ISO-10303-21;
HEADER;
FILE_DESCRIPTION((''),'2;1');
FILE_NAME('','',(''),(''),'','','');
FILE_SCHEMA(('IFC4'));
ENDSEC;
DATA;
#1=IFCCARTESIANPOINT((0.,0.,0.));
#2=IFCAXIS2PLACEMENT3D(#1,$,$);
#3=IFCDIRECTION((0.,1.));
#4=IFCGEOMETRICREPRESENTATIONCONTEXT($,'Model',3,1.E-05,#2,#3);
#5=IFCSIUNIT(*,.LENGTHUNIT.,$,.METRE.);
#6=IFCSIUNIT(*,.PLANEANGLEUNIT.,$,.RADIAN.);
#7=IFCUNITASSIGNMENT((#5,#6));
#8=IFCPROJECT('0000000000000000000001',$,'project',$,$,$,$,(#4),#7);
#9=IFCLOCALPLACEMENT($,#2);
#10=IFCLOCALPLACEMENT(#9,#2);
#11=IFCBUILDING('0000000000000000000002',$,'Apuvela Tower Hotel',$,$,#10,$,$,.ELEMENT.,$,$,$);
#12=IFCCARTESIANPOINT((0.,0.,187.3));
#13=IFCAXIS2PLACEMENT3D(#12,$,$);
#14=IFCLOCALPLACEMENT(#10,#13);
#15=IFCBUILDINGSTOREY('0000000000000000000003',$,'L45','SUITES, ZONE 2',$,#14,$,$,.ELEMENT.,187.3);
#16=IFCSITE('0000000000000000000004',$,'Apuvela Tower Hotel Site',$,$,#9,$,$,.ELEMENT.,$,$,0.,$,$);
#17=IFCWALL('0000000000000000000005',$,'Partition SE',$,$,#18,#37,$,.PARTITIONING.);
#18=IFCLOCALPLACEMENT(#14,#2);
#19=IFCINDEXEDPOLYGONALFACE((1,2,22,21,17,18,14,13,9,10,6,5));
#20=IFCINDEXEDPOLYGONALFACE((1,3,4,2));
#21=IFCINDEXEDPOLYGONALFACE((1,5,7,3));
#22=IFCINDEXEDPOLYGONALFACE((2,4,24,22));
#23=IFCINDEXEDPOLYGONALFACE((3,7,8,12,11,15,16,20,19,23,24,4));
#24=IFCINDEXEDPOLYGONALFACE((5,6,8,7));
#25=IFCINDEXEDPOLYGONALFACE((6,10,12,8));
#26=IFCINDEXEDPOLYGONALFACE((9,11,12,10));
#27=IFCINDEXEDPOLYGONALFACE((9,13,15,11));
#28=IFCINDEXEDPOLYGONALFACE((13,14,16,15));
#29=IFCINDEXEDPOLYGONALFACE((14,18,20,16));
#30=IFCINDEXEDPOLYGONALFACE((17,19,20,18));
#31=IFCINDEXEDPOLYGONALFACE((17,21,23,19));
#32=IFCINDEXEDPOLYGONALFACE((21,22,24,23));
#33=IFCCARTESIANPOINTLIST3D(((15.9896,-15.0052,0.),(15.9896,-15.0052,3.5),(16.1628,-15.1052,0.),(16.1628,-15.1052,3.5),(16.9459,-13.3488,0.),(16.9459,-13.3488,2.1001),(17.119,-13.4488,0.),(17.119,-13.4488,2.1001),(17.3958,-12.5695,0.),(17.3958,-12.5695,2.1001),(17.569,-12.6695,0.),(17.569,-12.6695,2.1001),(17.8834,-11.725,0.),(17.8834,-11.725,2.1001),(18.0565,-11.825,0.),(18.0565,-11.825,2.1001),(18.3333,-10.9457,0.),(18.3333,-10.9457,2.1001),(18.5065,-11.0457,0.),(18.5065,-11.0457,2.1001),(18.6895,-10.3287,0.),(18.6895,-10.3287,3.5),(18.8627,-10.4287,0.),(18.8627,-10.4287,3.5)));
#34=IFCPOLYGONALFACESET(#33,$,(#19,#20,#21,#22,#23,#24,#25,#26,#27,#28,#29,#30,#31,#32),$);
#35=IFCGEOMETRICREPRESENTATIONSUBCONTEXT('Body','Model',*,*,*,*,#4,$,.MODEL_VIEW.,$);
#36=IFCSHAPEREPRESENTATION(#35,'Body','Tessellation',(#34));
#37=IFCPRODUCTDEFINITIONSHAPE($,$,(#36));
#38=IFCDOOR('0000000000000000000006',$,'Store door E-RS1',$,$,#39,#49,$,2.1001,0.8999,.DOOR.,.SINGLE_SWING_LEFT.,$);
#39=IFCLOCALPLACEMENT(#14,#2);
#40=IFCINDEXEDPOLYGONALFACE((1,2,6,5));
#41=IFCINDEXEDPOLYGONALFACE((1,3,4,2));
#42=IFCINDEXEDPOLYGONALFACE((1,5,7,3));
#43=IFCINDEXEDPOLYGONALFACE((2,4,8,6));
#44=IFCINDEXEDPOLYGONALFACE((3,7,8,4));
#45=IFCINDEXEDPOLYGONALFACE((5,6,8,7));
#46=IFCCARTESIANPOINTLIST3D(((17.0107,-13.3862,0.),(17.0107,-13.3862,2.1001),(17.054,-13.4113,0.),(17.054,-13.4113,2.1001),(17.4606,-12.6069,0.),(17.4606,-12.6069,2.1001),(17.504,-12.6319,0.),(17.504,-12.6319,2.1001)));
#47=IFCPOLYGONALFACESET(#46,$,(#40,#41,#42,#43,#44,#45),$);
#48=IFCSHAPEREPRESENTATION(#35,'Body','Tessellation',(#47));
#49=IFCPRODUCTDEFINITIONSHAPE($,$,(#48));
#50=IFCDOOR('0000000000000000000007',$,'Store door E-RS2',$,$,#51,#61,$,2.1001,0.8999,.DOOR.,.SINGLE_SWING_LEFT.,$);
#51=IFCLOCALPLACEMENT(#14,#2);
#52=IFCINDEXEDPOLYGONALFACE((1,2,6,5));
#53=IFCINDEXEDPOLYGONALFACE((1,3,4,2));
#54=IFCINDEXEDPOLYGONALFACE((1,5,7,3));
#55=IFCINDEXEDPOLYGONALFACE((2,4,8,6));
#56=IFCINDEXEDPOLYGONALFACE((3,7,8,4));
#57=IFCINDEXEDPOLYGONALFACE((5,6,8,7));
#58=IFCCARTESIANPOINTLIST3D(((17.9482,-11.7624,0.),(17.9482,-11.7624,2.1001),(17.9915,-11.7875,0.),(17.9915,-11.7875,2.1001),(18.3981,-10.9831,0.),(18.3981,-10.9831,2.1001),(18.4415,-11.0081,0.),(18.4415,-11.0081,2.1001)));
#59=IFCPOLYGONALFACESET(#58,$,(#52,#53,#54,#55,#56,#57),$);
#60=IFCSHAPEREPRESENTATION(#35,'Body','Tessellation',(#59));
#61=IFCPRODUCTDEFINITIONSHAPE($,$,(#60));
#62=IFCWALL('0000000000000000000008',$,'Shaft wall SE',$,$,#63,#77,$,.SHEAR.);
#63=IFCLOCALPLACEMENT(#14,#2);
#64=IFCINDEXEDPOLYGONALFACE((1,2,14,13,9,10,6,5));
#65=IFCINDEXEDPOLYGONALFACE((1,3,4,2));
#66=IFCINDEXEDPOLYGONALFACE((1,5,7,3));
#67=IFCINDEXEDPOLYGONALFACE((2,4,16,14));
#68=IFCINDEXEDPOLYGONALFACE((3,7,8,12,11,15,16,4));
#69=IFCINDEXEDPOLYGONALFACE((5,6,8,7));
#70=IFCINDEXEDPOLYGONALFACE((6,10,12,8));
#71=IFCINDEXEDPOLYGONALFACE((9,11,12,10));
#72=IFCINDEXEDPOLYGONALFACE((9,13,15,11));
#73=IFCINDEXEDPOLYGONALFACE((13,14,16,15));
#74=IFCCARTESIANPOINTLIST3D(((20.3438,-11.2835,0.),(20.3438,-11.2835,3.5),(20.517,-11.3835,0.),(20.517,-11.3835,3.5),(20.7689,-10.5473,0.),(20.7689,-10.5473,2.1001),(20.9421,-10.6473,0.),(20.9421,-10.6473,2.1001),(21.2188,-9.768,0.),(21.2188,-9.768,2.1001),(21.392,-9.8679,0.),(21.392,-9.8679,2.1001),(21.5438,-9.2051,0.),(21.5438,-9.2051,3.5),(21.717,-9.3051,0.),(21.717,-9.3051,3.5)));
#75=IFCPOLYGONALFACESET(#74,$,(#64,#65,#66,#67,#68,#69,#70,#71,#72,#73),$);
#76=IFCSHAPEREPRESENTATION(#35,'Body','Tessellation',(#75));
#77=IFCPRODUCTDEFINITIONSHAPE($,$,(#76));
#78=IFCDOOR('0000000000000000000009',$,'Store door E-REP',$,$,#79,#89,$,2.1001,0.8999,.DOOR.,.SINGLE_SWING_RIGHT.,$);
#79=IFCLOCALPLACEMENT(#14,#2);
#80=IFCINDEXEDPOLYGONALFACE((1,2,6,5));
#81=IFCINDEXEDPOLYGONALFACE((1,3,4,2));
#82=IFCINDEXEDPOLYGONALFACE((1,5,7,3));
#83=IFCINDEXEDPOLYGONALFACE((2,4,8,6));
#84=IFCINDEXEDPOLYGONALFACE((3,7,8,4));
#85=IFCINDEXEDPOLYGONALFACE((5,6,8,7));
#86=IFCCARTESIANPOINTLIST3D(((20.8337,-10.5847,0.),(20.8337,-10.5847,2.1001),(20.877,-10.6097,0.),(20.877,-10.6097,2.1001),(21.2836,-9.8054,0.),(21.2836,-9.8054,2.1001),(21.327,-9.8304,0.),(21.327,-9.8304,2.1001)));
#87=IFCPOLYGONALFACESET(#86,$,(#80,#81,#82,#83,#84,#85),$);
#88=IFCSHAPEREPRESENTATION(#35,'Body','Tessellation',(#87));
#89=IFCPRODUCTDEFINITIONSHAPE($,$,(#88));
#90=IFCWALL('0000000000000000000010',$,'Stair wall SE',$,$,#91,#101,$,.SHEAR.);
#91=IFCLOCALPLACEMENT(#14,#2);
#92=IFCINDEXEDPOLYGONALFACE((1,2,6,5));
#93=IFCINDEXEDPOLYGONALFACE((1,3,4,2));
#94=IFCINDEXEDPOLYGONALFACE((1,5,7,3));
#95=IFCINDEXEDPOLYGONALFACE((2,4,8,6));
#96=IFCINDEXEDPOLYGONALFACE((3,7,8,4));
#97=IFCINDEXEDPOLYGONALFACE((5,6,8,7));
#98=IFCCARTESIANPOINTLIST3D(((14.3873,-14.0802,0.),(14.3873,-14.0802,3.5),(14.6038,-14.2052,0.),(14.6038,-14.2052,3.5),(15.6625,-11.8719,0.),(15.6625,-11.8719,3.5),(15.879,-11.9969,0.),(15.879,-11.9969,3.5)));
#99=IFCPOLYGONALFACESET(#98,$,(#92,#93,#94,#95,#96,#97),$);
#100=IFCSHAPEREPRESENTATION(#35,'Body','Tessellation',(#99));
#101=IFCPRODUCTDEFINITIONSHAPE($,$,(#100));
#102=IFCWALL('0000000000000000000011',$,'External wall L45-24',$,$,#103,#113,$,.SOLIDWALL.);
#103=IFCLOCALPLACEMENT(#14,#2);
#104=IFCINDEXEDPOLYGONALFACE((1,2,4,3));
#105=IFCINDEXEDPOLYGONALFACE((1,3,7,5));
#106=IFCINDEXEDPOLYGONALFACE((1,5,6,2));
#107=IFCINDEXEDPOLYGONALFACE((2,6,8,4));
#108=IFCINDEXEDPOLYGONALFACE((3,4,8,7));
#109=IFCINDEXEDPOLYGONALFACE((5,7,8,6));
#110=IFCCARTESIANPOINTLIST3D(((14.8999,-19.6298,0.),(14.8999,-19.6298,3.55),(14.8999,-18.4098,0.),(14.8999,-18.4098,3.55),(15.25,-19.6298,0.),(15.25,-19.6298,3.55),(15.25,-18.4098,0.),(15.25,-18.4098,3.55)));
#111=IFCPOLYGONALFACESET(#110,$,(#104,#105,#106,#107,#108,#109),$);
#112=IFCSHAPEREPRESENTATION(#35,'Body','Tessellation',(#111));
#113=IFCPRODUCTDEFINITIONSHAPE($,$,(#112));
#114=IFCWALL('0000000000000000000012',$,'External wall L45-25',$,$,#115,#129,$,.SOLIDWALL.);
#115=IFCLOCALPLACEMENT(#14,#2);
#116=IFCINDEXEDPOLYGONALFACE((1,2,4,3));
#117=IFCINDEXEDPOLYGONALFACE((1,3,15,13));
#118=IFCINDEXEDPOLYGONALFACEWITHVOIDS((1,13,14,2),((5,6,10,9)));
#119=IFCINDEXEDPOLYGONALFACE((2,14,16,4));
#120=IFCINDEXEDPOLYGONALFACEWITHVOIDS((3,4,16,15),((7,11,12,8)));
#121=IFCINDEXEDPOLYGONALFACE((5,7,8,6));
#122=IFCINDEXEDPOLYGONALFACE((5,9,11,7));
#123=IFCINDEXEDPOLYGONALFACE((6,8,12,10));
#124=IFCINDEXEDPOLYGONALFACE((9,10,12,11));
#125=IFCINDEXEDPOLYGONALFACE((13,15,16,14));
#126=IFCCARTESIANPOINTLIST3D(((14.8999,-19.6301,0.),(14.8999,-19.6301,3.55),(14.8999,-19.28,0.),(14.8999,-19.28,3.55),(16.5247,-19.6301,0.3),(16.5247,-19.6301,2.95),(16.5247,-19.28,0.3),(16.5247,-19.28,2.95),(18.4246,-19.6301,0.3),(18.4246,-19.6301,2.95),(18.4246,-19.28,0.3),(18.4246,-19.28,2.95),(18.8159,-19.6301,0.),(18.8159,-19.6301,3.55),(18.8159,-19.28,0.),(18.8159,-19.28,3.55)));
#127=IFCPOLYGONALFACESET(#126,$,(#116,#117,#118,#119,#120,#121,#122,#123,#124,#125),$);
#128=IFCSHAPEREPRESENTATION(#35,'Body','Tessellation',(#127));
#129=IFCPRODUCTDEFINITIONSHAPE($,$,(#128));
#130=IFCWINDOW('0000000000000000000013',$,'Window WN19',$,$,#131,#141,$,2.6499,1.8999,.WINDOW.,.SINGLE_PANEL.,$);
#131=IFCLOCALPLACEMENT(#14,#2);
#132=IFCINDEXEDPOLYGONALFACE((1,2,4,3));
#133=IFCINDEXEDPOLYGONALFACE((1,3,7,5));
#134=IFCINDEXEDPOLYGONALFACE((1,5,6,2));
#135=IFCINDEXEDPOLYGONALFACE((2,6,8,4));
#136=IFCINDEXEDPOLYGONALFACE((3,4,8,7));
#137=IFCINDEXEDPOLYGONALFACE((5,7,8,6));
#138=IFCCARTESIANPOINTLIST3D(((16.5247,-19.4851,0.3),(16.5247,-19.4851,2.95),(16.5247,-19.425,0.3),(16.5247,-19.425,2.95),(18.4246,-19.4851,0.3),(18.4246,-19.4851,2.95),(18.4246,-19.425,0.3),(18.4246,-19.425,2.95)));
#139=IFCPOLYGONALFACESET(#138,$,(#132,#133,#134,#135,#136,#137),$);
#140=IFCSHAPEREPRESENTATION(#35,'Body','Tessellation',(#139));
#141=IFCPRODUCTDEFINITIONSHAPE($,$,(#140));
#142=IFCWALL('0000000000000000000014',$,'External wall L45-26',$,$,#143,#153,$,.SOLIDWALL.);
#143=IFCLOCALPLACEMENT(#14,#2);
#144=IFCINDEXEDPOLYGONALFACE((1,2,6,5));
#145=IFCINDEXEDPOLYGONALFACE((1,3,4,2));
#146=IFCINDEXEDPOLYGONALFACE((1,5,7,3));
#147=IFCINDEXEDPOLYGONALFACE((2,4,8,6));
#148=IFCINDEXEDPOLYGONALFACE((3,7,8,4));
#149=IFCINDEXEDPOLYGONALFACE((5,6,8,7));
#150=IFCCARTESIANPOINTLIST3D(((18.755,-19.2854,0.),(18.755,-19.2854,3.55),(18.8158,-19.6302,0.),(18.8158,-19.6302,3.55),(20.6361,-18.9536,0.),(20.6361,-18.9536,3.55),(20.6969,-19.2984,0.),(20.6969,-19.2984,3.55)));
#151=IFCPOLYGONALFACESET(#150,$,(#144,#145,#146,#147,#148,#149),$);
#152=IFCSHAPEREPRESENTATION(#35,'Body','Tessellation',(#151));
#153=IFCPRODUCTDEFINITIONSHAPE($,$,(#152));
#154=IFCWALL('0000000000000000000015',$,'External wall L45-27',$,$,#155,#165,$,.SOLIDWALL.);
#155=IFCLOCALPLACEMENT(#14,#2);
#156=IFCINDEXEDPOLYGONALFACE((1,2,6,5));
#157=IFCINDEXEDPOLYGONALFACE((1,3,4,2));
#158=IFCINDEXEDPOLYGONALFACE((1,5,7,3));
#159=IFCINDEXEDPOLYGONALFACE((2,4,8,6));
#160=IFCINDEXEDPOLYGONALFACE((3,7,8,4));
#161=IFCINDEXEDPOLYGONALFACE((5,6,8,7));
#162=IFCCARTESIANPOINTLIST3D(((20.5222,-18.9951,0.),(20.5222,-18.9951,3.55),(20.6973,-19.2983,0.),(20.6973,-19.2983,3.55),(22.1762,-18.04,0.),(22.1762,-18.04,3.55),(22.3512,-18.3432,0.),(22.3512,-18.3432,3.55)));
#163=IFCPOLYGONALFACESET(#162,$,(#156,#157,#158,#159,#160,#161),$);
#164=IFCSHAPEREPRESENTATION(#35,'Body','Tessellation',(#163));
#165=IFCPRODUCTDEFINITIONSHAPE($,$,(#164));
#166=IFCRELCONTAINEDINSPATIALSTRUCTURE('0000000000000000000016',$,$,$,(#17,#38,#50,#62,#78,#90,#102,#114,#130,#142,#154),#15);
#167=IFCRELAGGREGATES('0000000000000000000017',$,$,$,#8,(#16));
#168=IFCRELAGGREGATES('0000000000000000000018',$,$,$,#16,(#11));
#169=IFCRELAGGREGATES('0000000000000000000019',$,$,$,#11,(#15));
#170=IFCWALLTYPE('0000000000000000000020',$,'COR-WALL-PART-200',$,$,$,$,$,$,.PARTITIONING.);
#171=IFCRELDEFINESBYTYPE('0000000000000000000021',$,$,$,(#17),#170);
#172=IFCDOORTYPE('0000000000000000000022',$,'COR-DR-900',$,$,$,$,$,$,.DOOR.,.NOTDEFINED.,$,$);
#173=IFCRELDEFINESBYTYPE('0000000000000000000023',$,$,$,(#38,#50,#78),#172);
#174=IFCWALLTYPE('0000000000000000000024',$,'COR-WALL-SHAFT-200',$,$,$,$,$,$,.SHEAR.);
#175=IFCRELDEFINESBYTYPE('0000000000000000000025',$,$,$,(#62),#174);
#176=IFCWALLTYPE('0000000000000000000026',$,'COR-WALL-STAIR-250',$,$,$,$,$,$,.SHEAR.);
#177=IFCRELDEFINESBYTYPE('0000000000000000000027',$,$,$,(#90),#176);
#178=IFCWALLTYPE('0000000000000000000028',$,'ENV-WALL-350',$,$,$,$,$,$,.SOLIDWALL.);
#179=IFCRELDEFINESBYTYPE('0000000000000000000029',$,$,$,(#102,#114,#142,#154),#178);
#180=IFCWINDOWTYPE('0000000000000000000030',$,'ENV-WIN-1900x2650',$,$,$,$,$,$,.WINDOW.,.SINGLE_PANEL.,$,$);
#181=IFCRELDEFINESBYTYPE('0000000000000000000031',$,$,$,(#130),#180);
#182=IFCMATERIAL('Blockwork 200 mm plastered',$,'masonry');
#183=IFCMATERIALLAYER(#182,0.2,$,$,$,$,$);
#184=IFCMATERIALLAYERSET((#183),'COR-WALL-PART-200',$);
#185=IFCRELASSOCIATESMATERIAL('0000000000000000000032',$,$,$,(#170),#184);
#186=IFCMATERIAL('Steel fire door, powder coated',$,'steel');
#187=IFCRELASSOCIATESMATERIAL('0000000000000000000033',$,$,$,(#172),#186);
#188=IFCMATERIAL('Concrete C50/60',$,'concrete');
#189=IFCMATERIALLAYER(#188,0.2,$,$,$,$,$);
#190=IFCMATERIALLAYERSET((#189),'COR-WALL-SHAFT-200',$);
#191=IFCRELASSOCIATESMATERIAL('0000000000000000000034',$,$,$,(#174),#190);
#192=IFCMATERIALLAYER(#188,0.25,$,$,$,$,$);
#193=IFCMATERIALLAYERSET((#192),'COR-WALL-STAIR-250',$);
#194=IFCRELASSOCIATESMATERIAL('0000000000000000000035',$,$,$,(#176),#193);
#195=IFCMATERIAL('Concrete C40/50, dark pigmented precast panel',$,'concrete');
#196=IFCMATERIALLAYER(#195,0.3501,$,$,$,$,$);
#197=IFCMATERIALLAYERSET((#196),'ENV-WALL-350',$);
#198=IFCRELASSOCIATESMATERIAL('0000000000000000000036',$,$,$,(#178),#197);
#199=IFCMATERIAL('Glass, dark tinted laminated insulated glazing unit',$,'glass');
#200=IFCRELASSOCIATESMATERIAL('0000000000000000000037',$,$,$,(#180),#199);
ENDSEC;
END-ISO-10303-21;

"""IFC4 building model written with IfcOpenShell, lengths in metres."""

from ifc_helpers import new_model, si_unit, direction, frame, frame_2d, origin, place, context, subcontext, project, spatial, rectangle, extrude, material, layer, layer_set, type_object, element, fill, save


model = new_model("IFC4")

# Units and contexts
model_context = context("Model", 3, precision=1e-05, world=origin(), true_north=direction((0.0, 1.0)))
body_context = subcontext(model_context, "Body", "Model", "MODEL_VIEW")
ifc_project = project(units=[si_unit("LENGTHUNIT", "METRE"), si_unit("PLANEANGLEUNIT", "RADIAN")], contexts=[model_context])

# Site, building, storey
site_placement = place(None, origin())
site = spatial("IfcSite", under=ifc_project, at=site_placement, Name="Apuvela Tower Hotel Site", CompositionType="ELEMENT", RefElevation=0.0)
building_placement = place(site_placement, origin())
building = spatial("IfcBuilding", under=site, at=building_placement, Name="Apuvela Tower Hotel", CompositionType="ELEMENT")
storey_placement = place(building_placement, frame((0.0, 0.0, 187.3)))
storey = spatial("IfcBuildingStorey", under=building, at=storey_placement, Name="L45", Description="SUITES, ZONE 2", CompositionType="ELEMENT", Elevation=187.3)

# Wall, openings, doors
ifc_material_1 = material(Name="Blockwork 200 mm plastered", Category="masonry")
ifc_layer_1 = layer(ifc_material_1, 0.2)
ifc_layer_set_1 = layer_set([ifc_layer_1], Name="COR-WALL-PART-200")
wall_type_1 = type_object("IfcWallType", Name="COR-WALL-PART-200", PredefinedType="PARTITIONING", material=ifc_layer_set_1)
wall_1_placement = place(storey_placement, frame((16.0762, -15.0552, 0.0), z_axis=(0.0, 0.0, 1.0), x_axis=(0.499995, 0.866028, 0.0)))
wall_1 = element("IfcWall", 1, at=wall_1_placement, inside=storey, type_object=wall_type_1, Name="Partition SE", PredefinedType="PARTITIONING", context=body_context, shape_type="SweptSolid", body=[
    extrude(rectangle(XDim=5.3999, YDim=0.2, at=frame_2d((2.7, 0.0))), origin(), (0.0, 0.0, 1.0), 3.5),
])
opening_1_placement = place(wall_1_placement, frame((1.9126, 0.0, 0.0)))
opening_1 = element("IfcOpeningElement", 2, at=opening_1_placement, cuts=wall_1, PredefinedType="OPENING", context=body_context, shape_type="SweptSolid", body=[
    extrude(rectangle(XDim=0.8999, YDim=2.1001, at=frame_2d((0.45, 1.05))), frame((0.0, 0.1099, 0.0), z_axis=(0.0, -1.0, 0.0), x_axis=(1.0, 0.0, 0.0)), (0.0, 0.0, 1.0), 0.22),
])
opening_2_placement = place(wall_1_placement, frame((3.7876, 0.0, 0.0)))
opening_2 = element("IfcOpeningElement", 3, at=opening_2_placement, cuts=wall_1, PredefinedType="OPENING", context=body_context, shape_type="SweptSolid", body=[
    extrude(rectangle(XDim=0.8999, YDim=2.1001, at=frame_2d((0.45, 1.05))), frame((0.0, 0.1099, 0.0), z_axis=(0.0, -1.0, 0.0), x_axis=(1.0, 0.0, 0.0)), (0.0, 0.0, 1.0), 0.22),
])
ifc_material_2 = material(Name="Steel fire door, powder coated", Category="steel")
door_type_1 = type_object("IfcDoorType", Name="COR-DR-900", OperationType="NOTDEFINED", PredefinedType="DOOR", material=ifc_material_2)
door_1_placement = place(opening_1_placement, frame((0.8999, 0.0, 0.0), z_axis=(0.0, 0.0, 1.0), x_axis=(-1.0, 0.0, 0.0)))
door_1 = element("IfcDoor", 4, at=door_1_placement, inside=storey, type_object=door_type_1, Name="Store door E-RS1", OperationType="SINGLE_SWING_LEFT", OverallHeight=2.1001, OverallWidth=0.8999, PredefinedType="DOOR", context=body_context, shape_type="SweptSolid", body=[
    extrude(rectangle(XDim=0.8999, YDim=2.1001, at=frame_2d((0.45, 1.05))), frame((0.0, 0.0249, 0.0), z_axis=(0.0, -1.0, 0.0), x_axis=(1.0, 0.0, 0.0)), (0.0, 0.0, 1.0), 0.05),
])
fill(opening_1, door_1)
door_2_placement = place(opening_2_placement, frame((0.8999, 0.0, 0.0), z_axis=(0.0, 0.0, 1.0), x_axis=(-1.0, 0.0, 0.0)))
door_2 = element("IfcDoor", 5, at=door_2_placement, inside=storey, type_object=door_type_1, Name="Store door E-RS2", OperationType="SINGLE_SWING_LEFT", OverallHeight=2.1001, OverallWidth=0.8999, PredefinedType="DOOR", context=body_context, shape_type="SweptSolid", body=[
    extrude(rectangle(XDim=0.8999, YDim=2.1001, at=frame_2d((0.45, 1.05))), frame((0.0, 0.0249, 0.0), z_axis=(0.0, -1.0, 0.0), x_axis=(1.0, 0.0, 0.0)), (0.0, 0.0, 1.0), 0.05),
])
fill(opening_2, door_2)

# Wall, opening, door
ifc_material_3 = material(Name="Concrete C50/60", Category="concrete")
ifc_layer_2 = layer(ifc_material_3, 0.2)
ifc_layer_set_2 = layer_set([ifc_layer_2], Name="COR-WALL-SHAFT-200")
wall_type_2 = type_object("IfcWallType", Name="COR-WALL-SHAFT-200", PredefinedType="SHEAR", material=ifc_layer_set_2)
wall_2_placement = place(storey_placement, frame((20.4304, -11.3335, 0.0), z_axis=(0.0, 0.0, 1.0), x_axis=(0.500001, 0.866025, 0.0)))
wall_2 = element("IfcWall", 6, at=wall_2_placement, inside=storey, type_object=wall_type_2, Name="Shaft wall SE", PredefinedType="SHEAR", context=body_context, shape_type="SweptSolid", body=[
    extrude(rectangle(XDim=2.3999, YDim=0.2, at=frame_2d((1.2, 0.0))), origin(), (0.0, 0.0, 1.0), 3.5),
])
opening_3_placement = place(wall_2_placement, frame((0.8501, 0.0, 0.0)))
opening_3 = element("IfcOpeningElement", 7, at=opening_3_placement, cuts=wall_2, PredefinedType="OPENING", context=body_context, shape_type="SweptSolid", body=[
    extrude(rectangle(XDim=0.8999, YDim=2.1001, at=frame_2d((0.45, 1.05))), frame((0.0, 0.1099, 0.0), z_axis=(0.0, -1.0, 0.0), x_axis=(1.0, 0.0, 0.0)), (0.0, 0.0, 1.0), 0.22),
])
door_3_placement = place(opening_3_placement, frame((0.8999, 0.0, 0.0), z_axis=(0.0, 0.0, 1.0), x_axis=(-1.0, 0.0, 0.0)))
door_3 = element("IfcDoor", 8, at=door_3_placement, inside=storey, type_object=door_type_1, Name="Store door E-REP", OperationType="SINGLE_SWING_RIGHT", OverallHeight=2.1001, OverallWidth=0.8999, PredefinedType="DOOR", context=body_context, shape_type="SweptSolid", body=[
    extrude(rectangle(XDim=0.8999, YDim=2.1001, at=frame_2d((0.45, 1.05))), frame((0.0, 0.0249, 0.0), z_axis=(0.0, -1.0, 0.0), x_axis=(1.0, 0.0, 0.0)), (0.0, 0.0, 1.0), 0.05),
])
fill(opening_3, door_3)

# Walls
ifc_layer_3 = layer(ifc_material_3, 0.25)
ifc_layer_set_3 = layer_set([ifc_layer_3], Name="COR-WALL-STAIR-250")
wall_type_3 = type_object("IfcWallType", Name="COR-WALL-STAIR-250", PredefinedType="SHEAR", material=ifc_layer_set_3)
wall_3_placement = place(storey_placement, frame((14.4956, -14.1426, 0.0), z_axis=(0.0, 0.0, 1.0), x_axis=(0.500062, 0.865989, 0.0)))
element("IfcWall", 9, at=wall_3_placement, inside=storey, type_object=wall_type_3, Name="Stair wall SE", PredefinedType="SHEAR", context=body_context, shape_type="SweptSolid", body=[
    extrude(rectangle(XDim=2.55, YDim=0.25, at=frame_2d((1.2749, 0.0))), origin(), (0.0, 0.0, 1.0), 3.5),
])
ifc_material_4 = material(Name="Concrete C40/50, dark pigmented precast panel", Category="concrete")
ifc_layer_4 = layer(ifc_material_4, 0.3501)
ifc_layer_set_4 = layer_set([ifc_layer_4], Name="ENV-WALL-350")
wall_type_4 = type_object("IfcWallType", Name="ENV-WALL-350", PredefinedType="SOLIDWALL", material=ifc_layer_set_4)
wall_4_placement = place(storey_placement, frame((15.075, -18.4099, 0.0), z_axis=(0.0, 0.0, 1.0), x_axis=(0.0, -1.0, 0.0)))
element("IfcWall", 10, at=wall_4_placement, inside=storey, type_object=wall_type_4, Name="External wall L45-24", PredefinedType="SOLIDWALL", context=body_context, shape_type="SweptSolid", body=[
    extrude(rectangle(XDim=1.22, YDim=0.3501, at=frame_2d((0.6099, 0.0))), origin(), (0.0, 0.0, 1.0), 3.55),
])

# Wall, opening, window
wall_5_placement = place(storey_placement, frame((14.8999, -19.4551, 0.0), z_axis=(0.0, 0.0, 1.0), x_axis=(1.0, 0.0, 0.0)))
wall_5 = element("IfcWall", 11, at=wall_5_placement, inside=storey, type_object=wall_type_4, Name="External wall L45-25", PredefinedType="SOLIDWALL", context=body_context, shape_type="SweptSolid", body=[
    extrude(rectangle(XDim=3.916, YDim=0.3501, at=frame_2d((1.958, 0.0))), origin(), (0.0, 0.0, 1.0), 3.55),
])
opening_4_placement = place(wall_5_placement, frame((1.6248, 0.0, 0.3)))
opening_4 = element("IfcOpeningElement", 12, at=opening_4_placement, cuts=wall_5, PredefinedType="OPENING", context=body_context, shape_type="SweptSolid", body=[
    extrude(rectangle(XDim=1.8999, YDim=2.6499, at=frame_2d((0.95, 1.325))), frame((0.0, 0.1851, 0.0), z_axis=(0.0, -1.0, 0.0), x_axis=(1.0, 0.0, 0.0)), (0.0, 0.0, 1.0), 0.3701),
])
ifc_material_5 = material(Name="Glass, dark tinted laminated insulated glazing unit", Category="glass")
window_type = type_object("IfcWindowType", Name="ENV-WIN-1900x2650", PartitioningType="SINGLE_PANEL", PredefinedType="WINDOW", material=ifc_material_5)
window_placement = place(opening_4_placement, origin())
window = element("IfcWindow", 13, at=window_placement, inside=storey, type_object=window_type, Name="Window WN19", OverallHeight=2.6499, OverallWidth=1.8999, PartitioningType="SINGLE_PANEL", PredefinedType="WINDOW", context=body_context, shape_type="SweptSolid", body=[
    extrude(rectangle(XDim=1.8999, YDim=2.6499, at=frame_2d((0.95, 1.325))), frame((0.0, 0.03, 0.0), z_axis=(0.0, -1.0, 0.0), x_axis=(1.0, 0.0, 0.0)), (0.0, 0.0, 1.0), 0.0601),
])
fill(opening_4, window)

# Walls
wall_6_placement = place(storey_placement, frame((18.7854, -19.4578, 0.0), z_axis=(0.0, 0.0, 1.0), x_axis=(0.984799, 0.173698, 0.0)))
element("IfcWall", 14, at=wall_6_placement, inside=storey, type_object=wall_type_4, Name="External wall L45-26", PredefinedType="SOLIDWALL", context=body_context, shape_type="SweptSolid", body=[
    extrude(rectangle(XDim=1.9102, YDim=0.3501, at=frame_2d((0.9551, 0.0))), origin(), (0.0, 0.0, 1.0), 3.55),
])
for number, where, z_axis, x_axis, name in (
    (15, (20.6096, -19.1467, 0.0), (0.0, 0.0, 1.0), (0.866, 0.500043, 0.0), "External wall L45-27"),
):
    element("IfcWall", number, at=place(storey_placement, frame(where, z_axis=z_axis, x_axis=x_axis)), inside=storey, type_object=wall_type_4, Name=name, PredefinedType="SOLIDWALL", context=body_context, shape_type="SweptSolid", body=[
        extrude(rectangle(XDim=1.9099, YDim=0.3501, at=frame_2d((0.9551, 0.0))), origin(), (0.0, 0.0, 1.0), 3.55),
    ])

save(model, "model.ifc")
